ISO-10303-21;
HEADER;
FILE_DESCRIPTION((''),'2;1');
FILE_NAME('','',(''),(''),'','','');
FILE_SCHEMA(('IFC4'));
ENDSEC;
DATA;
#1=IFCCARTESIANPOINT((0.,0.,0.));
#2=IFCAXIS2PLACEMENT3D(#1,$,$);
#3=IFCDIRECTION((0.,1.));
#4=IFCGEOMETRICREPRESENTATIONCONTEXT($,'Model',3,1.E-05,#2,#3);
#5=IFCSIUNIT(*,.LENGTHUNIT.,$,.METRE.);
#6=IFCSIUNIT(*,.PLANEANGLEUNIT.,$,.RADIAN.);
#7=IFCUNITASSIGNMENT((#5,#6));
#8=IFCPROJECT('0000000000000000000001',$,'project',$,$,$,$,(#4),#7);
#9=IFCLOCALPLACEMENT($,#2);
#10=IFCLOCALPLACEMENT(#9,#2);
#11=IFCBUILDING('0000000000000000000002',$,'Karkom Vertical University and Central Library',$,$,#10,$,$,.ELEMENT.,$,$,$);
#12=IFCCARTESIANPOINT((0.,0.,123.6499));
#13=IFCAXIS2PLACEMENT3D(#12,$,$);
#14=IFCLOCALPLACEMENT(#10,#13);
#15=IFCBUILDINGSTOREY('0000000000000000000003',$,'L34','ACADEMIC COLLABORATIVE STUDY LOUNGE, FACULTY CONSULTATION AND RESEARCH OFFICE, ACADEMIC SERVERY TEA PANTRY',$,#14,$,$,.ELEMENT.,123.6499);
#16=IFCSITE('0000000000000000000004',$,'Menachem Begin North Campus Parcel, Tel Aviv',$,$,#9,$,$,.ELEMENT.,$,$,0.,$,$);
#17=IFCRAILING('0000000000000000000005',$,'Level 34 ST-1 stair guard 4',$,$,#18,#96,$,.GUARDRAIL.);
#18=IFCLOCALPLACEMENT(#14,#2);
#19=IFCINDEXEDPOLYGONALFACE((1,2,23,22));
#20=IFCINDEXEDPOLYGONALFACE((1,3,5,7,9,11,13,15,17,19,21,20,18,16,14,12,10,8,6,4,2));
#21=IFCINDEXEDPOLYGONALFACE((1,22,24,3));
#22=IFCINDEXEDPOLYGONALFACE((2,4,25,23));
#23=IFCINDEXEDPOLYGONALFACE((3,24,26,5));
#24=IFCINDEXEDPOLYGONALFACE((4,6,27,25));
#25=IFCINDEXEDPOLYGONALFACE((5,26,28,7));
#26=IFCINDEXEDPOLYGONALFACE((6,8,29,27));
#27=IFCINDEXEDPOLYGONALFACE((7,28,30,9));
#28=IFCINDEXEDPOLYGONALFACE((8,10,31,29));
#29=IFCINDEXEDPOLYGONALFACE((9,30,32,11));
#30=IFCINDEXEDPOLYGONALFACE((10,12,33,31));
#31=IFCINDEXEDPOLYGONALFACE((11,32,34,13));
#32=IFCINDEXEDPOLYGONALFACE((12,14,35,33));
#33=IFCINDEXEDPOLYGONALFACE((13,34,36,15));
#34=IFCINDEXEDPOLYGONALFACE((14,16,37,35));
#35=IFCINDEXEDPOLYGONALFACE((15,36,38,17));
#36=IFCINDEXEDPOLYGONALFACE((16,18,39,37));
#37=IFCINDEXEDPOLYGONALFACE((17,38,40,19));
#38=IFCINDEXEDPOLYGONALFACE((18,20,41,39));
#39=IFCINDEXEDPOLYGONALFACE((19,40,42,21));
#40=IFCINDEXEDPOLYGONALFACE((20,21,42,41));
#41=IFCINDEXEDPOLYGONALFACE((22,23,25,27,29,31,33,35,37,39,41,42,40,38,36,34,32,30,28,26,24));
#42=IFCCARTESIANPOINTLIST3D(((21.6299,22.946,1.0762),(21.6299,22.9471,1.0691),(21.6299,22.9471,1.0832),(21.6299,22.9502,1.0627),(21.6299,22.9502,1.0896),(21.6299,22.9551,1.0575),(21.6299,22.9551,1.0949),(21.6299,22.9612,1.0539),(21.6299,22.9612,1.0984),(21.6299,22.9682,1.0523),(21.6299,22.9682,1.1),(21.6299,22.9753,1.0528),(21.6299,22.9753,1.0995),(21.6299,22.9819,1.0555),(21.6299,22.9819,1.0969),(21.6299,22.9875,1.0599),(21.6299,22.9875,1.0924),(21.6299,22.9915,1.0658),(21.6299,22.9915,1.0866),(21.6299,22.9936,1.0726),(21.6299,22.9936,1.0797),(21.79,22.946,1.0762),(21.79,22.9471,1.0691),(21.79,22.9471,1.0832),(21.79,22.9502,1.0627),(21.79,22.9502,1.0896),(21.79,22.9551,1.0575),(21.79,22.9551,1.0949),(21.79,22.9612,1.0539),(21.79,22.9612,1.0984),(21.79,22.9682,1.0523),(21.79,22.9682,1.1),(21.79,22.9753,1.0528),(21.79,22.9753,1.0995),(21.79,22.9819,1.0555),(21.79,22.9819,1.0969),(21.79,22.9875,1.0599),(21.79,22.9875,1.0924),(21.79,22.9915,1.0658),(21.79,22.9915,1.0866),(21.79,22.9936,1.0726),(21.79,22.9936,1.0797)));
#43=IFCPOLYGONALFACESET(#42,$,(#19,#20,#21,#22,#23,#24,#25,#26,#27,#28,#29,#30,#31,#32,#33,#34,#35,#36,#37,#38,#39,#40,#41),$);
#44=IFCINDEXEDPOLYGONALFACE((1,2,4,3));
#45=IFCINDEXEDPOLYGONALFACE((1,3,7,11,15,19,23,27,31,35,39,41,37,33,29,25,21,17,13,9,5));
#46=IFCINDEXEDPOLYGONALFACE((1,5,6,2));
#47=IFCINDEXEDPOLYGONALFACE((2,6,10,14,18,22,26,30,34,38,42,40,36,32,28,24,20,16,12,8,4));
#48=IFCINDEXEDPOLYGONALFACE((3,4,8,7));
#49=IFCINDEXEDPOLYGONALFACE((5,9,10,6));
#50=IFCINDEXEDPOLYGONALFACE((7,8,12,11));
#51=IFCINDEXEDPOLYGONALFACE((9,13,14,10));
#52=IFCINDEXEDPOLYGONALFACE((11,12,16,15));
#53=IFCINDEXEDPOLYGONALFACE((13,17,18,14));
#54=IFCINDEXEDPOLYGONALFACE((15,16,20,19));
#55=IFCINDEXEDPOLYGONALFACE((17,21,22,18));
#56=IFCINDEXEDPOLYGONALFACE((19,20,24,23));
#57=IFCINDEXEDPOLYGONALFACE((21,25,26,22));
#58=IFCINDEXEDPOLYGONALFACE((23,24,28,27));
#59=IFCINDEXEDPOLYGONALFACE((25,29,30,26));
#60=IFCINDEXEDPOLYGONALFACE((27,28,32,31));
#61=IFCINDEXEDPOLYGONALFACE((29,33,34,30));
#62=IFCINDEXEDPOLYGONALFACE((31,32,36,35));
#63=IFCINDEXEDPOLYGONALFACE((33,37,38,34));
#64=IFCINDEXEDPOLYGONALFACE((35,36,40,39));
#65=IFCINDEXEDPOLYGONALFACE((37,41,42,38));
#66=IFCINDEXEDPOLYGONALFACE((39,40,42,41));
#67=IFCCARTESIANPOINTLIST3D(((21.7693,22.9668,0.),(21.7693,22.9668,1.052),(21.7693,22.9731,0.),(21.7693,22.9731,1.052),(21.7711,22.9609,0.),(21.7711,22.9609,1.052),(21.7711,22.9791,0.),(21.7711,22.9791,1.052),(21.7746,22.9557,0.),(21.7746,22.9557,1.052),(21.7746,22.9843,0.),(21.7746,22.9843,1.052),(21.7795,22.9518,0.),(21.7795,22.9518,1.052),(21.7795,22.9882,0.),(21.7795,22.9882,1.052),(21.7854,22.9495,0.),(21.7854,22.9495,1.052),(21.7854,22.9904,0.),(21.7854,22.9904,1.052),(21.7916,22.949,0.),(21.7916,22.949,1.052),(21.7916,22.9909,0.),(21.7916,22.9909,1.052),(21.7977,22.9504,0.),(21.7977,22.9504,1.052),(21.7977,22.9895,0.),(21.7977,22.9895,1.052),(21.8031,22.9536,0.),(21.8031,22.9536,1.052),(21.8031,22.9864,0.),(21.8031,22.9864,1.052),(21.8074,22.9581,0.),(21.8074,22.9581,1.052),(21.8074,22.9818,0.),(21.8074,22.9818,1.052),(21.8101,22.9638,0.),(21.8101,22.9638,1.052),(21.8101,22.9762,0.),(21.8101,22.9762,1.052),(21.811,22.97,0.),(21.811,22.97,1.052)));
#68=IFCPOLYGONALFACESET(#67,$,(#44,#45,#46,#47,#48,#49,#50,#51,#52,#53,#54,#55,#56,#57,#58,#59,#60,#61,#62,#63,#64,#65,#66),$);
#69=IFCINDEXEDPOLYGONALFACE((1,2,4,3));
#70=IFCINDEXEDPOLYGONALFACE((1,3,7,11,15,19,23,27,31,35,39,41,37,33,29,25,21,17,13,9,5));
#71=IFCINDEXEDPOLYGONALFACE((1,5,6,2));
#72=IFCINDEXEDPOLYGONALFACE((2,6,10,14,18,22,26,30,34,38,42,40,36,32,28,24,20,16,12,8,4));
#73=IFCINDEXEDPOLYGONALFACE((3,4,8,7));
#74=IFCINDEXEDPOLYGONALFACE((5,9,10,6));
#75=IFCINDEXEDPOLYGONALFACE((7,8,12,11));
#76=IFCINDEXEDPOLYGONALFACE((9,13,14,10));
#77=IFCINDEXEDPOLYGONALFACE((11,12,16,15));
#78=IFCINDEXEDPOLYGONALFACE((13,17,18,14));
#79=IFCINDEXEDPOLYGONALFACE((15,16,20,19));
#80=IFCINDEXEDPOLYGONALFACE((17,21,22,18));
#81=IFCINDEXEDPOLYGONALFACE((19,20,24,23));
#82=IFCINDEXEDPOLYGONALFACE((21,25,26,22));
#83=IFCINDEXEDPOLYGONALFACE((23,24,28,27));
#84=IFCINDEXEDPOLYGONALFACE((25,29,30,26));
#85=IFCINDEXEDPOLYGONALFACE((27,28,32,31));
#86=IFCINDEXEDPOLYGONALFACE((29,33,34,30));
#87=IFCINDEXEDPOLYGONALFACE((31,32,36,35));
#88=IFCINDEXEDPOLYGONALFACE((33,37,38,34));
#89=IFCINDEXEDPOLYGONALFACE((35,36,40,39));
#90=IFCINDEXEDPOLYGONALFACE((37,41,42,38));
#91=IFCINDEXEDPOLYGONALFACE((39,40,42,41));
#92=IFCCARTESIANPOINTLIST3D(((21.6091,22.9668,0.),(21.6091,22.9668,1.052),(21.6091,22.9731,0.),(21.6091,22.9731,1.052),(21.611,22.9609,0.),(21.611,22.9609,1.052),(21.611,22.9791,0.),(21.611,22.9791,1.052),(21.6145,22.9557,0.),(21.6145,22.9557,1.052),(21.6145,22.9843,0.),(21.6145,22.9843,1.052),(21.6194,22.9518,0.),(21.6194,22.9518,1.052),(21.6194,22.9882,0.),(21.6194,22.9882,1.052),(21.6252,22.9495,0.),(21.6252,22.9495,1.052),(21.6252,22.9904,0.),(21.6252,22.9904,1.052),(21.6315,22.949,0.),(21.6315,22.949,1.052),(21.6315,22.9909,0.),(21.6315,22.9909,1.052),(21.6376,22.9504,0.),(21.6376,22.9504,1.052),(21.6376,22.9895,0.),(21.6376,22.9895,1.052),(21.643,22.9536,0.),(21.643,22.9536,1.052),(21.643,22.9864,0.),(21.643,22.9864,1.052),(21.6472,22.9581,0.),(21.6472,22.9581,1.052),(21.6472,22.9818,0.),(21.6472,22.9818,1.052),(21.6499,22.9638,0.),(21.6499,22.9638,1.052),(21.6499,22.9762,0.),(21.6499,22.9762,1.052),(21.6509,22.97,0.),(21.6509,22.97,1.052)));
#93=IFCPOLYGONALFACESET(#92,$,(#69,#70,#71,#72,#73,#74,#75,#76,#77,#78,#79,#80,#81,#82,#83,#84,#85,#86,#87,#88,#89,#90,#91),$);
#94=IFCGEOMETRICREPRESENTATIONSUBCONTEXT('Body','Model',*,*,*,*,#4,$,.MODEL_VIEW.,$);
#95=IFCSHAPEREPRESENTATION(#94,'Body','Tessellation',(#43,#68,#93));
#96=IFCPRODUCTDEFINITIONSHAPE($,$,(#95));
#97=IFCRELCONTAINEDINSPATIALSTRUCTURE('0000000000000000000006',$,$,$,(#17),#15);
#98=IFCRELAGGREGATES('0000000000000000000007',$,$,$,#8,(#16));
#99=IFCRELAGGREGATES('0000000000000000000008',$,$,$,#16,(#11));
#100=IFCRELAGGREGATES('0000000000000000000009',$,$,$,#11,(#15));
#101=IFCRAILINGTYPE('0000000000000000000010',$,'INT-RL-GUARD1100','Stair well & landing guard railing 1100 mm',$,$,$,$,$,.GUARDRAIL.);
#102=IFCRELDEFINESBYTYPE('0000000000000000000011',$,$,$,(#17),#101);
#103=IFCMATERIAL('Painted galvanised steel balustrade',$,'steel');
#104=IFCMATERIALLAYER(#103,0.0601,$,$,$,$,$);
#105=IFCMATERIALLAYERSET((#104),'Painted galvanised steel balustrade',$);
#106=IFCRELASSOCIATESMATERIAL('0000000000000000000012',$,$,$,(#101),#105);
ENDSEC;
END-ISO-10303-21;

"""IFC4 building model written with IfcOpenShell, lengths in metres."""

from ifc_helpers import new_model, si_unit, direction, frame, origin, origin_2d, place, context, subcontext, project, spatial, circle, extrude, material, layer, layer_set, type_object, element, save


model = new_model("IFC4")

# Units and contexts
model_context = context("Model", 3, precision=1e-05, world=origin(), true_north=direction((0.0, 1.0)))
body_context = subcontext(model_context, "Body", "Model", "MODEL_VIEW")
ifc_project = project(units=[si_unit("LENGTHUNIT", "METRE"), si_unit("PLANEANGLEUNIT", "RADIAN")], contexts=[model_context])

# Site, building, storey
site_placement = place(None, origin())
site = spatial("IfcSite", under=ifc_project, at=site_placement, Name="Menachem Begin North Campus Parcel, Tel Aviv", CompositionType="ELEMENT", RefElevation=0.0)
building_placement = place(site_placement, origin())
building = spatial("IfcBuilding", under=site, at=building_placement, Name="Karkom Vertical University and Central Library", CompositionType="ELEMENT")
storey_placement = place(building_placement, frame((0.0, 0.0, 123.6499)))
storey = spatial("IfcBuildingStorey", under=building, at=storey_placement, Name="L34", Description="ACADEMIC COLLABORATIVE STUDY LOUNGE, FACULTY CONSULTATION AND RESEARCH OFFICE, ACADEMIC SERVERY TEA PANTRY", CompositionType="ELEMENT", Elevation=123.6499)

# Railing
ifc_material_1 = material(Name="Painted galvanised steel balustrade", Category="steel")
ifc_layer_1 = layer(ifc_material_1, 0.0601)
ifc_layer_set_1 = layer_set([ifc_layer_1], Name="Painted galvanised steel balustrade")
railing_type_1 = type_object("IfcRailingType", Name="INT-RL-GUARD1100", Description="Stair well & landing guard railing 1100 mm", PredefinedType="GUARDRAIL", material=ifc_layer_set_1)
railing_1_placement = place(storey_placement, frame((21.79, 22.97, 0.0)))
element("IfcRailing", 1, at=railing_1_placement, inside=storey, type_object=railing_type_1, Name="Level 34 ST-1 stair guard 4", PredefinedType="GUARDRAIL", context=body_context, shape_type="SweptSolid", body=[
    extrude(circle(Radius=0.0239, at=origin_2d()), frame((0.0, 0.0, 1.0762), z_axis=(-1.0, 0.0, 0.0), x_axis=(0.0, -1.0, 0.0)), (0.0, 0.0, 1.0), 0.1602),
    extrude(circle(Radius=0.021, at=origin_2d()), origin(), (0.0, 0.0, 1.0), 1.052),
    extrude(circle(Radius=0.021, at=origin_2d()), frame((-0.1602, 0.0, 0.0)), (0.0, 0.0, 1.0), 1.052),
])

save(model, "model.ifc")
